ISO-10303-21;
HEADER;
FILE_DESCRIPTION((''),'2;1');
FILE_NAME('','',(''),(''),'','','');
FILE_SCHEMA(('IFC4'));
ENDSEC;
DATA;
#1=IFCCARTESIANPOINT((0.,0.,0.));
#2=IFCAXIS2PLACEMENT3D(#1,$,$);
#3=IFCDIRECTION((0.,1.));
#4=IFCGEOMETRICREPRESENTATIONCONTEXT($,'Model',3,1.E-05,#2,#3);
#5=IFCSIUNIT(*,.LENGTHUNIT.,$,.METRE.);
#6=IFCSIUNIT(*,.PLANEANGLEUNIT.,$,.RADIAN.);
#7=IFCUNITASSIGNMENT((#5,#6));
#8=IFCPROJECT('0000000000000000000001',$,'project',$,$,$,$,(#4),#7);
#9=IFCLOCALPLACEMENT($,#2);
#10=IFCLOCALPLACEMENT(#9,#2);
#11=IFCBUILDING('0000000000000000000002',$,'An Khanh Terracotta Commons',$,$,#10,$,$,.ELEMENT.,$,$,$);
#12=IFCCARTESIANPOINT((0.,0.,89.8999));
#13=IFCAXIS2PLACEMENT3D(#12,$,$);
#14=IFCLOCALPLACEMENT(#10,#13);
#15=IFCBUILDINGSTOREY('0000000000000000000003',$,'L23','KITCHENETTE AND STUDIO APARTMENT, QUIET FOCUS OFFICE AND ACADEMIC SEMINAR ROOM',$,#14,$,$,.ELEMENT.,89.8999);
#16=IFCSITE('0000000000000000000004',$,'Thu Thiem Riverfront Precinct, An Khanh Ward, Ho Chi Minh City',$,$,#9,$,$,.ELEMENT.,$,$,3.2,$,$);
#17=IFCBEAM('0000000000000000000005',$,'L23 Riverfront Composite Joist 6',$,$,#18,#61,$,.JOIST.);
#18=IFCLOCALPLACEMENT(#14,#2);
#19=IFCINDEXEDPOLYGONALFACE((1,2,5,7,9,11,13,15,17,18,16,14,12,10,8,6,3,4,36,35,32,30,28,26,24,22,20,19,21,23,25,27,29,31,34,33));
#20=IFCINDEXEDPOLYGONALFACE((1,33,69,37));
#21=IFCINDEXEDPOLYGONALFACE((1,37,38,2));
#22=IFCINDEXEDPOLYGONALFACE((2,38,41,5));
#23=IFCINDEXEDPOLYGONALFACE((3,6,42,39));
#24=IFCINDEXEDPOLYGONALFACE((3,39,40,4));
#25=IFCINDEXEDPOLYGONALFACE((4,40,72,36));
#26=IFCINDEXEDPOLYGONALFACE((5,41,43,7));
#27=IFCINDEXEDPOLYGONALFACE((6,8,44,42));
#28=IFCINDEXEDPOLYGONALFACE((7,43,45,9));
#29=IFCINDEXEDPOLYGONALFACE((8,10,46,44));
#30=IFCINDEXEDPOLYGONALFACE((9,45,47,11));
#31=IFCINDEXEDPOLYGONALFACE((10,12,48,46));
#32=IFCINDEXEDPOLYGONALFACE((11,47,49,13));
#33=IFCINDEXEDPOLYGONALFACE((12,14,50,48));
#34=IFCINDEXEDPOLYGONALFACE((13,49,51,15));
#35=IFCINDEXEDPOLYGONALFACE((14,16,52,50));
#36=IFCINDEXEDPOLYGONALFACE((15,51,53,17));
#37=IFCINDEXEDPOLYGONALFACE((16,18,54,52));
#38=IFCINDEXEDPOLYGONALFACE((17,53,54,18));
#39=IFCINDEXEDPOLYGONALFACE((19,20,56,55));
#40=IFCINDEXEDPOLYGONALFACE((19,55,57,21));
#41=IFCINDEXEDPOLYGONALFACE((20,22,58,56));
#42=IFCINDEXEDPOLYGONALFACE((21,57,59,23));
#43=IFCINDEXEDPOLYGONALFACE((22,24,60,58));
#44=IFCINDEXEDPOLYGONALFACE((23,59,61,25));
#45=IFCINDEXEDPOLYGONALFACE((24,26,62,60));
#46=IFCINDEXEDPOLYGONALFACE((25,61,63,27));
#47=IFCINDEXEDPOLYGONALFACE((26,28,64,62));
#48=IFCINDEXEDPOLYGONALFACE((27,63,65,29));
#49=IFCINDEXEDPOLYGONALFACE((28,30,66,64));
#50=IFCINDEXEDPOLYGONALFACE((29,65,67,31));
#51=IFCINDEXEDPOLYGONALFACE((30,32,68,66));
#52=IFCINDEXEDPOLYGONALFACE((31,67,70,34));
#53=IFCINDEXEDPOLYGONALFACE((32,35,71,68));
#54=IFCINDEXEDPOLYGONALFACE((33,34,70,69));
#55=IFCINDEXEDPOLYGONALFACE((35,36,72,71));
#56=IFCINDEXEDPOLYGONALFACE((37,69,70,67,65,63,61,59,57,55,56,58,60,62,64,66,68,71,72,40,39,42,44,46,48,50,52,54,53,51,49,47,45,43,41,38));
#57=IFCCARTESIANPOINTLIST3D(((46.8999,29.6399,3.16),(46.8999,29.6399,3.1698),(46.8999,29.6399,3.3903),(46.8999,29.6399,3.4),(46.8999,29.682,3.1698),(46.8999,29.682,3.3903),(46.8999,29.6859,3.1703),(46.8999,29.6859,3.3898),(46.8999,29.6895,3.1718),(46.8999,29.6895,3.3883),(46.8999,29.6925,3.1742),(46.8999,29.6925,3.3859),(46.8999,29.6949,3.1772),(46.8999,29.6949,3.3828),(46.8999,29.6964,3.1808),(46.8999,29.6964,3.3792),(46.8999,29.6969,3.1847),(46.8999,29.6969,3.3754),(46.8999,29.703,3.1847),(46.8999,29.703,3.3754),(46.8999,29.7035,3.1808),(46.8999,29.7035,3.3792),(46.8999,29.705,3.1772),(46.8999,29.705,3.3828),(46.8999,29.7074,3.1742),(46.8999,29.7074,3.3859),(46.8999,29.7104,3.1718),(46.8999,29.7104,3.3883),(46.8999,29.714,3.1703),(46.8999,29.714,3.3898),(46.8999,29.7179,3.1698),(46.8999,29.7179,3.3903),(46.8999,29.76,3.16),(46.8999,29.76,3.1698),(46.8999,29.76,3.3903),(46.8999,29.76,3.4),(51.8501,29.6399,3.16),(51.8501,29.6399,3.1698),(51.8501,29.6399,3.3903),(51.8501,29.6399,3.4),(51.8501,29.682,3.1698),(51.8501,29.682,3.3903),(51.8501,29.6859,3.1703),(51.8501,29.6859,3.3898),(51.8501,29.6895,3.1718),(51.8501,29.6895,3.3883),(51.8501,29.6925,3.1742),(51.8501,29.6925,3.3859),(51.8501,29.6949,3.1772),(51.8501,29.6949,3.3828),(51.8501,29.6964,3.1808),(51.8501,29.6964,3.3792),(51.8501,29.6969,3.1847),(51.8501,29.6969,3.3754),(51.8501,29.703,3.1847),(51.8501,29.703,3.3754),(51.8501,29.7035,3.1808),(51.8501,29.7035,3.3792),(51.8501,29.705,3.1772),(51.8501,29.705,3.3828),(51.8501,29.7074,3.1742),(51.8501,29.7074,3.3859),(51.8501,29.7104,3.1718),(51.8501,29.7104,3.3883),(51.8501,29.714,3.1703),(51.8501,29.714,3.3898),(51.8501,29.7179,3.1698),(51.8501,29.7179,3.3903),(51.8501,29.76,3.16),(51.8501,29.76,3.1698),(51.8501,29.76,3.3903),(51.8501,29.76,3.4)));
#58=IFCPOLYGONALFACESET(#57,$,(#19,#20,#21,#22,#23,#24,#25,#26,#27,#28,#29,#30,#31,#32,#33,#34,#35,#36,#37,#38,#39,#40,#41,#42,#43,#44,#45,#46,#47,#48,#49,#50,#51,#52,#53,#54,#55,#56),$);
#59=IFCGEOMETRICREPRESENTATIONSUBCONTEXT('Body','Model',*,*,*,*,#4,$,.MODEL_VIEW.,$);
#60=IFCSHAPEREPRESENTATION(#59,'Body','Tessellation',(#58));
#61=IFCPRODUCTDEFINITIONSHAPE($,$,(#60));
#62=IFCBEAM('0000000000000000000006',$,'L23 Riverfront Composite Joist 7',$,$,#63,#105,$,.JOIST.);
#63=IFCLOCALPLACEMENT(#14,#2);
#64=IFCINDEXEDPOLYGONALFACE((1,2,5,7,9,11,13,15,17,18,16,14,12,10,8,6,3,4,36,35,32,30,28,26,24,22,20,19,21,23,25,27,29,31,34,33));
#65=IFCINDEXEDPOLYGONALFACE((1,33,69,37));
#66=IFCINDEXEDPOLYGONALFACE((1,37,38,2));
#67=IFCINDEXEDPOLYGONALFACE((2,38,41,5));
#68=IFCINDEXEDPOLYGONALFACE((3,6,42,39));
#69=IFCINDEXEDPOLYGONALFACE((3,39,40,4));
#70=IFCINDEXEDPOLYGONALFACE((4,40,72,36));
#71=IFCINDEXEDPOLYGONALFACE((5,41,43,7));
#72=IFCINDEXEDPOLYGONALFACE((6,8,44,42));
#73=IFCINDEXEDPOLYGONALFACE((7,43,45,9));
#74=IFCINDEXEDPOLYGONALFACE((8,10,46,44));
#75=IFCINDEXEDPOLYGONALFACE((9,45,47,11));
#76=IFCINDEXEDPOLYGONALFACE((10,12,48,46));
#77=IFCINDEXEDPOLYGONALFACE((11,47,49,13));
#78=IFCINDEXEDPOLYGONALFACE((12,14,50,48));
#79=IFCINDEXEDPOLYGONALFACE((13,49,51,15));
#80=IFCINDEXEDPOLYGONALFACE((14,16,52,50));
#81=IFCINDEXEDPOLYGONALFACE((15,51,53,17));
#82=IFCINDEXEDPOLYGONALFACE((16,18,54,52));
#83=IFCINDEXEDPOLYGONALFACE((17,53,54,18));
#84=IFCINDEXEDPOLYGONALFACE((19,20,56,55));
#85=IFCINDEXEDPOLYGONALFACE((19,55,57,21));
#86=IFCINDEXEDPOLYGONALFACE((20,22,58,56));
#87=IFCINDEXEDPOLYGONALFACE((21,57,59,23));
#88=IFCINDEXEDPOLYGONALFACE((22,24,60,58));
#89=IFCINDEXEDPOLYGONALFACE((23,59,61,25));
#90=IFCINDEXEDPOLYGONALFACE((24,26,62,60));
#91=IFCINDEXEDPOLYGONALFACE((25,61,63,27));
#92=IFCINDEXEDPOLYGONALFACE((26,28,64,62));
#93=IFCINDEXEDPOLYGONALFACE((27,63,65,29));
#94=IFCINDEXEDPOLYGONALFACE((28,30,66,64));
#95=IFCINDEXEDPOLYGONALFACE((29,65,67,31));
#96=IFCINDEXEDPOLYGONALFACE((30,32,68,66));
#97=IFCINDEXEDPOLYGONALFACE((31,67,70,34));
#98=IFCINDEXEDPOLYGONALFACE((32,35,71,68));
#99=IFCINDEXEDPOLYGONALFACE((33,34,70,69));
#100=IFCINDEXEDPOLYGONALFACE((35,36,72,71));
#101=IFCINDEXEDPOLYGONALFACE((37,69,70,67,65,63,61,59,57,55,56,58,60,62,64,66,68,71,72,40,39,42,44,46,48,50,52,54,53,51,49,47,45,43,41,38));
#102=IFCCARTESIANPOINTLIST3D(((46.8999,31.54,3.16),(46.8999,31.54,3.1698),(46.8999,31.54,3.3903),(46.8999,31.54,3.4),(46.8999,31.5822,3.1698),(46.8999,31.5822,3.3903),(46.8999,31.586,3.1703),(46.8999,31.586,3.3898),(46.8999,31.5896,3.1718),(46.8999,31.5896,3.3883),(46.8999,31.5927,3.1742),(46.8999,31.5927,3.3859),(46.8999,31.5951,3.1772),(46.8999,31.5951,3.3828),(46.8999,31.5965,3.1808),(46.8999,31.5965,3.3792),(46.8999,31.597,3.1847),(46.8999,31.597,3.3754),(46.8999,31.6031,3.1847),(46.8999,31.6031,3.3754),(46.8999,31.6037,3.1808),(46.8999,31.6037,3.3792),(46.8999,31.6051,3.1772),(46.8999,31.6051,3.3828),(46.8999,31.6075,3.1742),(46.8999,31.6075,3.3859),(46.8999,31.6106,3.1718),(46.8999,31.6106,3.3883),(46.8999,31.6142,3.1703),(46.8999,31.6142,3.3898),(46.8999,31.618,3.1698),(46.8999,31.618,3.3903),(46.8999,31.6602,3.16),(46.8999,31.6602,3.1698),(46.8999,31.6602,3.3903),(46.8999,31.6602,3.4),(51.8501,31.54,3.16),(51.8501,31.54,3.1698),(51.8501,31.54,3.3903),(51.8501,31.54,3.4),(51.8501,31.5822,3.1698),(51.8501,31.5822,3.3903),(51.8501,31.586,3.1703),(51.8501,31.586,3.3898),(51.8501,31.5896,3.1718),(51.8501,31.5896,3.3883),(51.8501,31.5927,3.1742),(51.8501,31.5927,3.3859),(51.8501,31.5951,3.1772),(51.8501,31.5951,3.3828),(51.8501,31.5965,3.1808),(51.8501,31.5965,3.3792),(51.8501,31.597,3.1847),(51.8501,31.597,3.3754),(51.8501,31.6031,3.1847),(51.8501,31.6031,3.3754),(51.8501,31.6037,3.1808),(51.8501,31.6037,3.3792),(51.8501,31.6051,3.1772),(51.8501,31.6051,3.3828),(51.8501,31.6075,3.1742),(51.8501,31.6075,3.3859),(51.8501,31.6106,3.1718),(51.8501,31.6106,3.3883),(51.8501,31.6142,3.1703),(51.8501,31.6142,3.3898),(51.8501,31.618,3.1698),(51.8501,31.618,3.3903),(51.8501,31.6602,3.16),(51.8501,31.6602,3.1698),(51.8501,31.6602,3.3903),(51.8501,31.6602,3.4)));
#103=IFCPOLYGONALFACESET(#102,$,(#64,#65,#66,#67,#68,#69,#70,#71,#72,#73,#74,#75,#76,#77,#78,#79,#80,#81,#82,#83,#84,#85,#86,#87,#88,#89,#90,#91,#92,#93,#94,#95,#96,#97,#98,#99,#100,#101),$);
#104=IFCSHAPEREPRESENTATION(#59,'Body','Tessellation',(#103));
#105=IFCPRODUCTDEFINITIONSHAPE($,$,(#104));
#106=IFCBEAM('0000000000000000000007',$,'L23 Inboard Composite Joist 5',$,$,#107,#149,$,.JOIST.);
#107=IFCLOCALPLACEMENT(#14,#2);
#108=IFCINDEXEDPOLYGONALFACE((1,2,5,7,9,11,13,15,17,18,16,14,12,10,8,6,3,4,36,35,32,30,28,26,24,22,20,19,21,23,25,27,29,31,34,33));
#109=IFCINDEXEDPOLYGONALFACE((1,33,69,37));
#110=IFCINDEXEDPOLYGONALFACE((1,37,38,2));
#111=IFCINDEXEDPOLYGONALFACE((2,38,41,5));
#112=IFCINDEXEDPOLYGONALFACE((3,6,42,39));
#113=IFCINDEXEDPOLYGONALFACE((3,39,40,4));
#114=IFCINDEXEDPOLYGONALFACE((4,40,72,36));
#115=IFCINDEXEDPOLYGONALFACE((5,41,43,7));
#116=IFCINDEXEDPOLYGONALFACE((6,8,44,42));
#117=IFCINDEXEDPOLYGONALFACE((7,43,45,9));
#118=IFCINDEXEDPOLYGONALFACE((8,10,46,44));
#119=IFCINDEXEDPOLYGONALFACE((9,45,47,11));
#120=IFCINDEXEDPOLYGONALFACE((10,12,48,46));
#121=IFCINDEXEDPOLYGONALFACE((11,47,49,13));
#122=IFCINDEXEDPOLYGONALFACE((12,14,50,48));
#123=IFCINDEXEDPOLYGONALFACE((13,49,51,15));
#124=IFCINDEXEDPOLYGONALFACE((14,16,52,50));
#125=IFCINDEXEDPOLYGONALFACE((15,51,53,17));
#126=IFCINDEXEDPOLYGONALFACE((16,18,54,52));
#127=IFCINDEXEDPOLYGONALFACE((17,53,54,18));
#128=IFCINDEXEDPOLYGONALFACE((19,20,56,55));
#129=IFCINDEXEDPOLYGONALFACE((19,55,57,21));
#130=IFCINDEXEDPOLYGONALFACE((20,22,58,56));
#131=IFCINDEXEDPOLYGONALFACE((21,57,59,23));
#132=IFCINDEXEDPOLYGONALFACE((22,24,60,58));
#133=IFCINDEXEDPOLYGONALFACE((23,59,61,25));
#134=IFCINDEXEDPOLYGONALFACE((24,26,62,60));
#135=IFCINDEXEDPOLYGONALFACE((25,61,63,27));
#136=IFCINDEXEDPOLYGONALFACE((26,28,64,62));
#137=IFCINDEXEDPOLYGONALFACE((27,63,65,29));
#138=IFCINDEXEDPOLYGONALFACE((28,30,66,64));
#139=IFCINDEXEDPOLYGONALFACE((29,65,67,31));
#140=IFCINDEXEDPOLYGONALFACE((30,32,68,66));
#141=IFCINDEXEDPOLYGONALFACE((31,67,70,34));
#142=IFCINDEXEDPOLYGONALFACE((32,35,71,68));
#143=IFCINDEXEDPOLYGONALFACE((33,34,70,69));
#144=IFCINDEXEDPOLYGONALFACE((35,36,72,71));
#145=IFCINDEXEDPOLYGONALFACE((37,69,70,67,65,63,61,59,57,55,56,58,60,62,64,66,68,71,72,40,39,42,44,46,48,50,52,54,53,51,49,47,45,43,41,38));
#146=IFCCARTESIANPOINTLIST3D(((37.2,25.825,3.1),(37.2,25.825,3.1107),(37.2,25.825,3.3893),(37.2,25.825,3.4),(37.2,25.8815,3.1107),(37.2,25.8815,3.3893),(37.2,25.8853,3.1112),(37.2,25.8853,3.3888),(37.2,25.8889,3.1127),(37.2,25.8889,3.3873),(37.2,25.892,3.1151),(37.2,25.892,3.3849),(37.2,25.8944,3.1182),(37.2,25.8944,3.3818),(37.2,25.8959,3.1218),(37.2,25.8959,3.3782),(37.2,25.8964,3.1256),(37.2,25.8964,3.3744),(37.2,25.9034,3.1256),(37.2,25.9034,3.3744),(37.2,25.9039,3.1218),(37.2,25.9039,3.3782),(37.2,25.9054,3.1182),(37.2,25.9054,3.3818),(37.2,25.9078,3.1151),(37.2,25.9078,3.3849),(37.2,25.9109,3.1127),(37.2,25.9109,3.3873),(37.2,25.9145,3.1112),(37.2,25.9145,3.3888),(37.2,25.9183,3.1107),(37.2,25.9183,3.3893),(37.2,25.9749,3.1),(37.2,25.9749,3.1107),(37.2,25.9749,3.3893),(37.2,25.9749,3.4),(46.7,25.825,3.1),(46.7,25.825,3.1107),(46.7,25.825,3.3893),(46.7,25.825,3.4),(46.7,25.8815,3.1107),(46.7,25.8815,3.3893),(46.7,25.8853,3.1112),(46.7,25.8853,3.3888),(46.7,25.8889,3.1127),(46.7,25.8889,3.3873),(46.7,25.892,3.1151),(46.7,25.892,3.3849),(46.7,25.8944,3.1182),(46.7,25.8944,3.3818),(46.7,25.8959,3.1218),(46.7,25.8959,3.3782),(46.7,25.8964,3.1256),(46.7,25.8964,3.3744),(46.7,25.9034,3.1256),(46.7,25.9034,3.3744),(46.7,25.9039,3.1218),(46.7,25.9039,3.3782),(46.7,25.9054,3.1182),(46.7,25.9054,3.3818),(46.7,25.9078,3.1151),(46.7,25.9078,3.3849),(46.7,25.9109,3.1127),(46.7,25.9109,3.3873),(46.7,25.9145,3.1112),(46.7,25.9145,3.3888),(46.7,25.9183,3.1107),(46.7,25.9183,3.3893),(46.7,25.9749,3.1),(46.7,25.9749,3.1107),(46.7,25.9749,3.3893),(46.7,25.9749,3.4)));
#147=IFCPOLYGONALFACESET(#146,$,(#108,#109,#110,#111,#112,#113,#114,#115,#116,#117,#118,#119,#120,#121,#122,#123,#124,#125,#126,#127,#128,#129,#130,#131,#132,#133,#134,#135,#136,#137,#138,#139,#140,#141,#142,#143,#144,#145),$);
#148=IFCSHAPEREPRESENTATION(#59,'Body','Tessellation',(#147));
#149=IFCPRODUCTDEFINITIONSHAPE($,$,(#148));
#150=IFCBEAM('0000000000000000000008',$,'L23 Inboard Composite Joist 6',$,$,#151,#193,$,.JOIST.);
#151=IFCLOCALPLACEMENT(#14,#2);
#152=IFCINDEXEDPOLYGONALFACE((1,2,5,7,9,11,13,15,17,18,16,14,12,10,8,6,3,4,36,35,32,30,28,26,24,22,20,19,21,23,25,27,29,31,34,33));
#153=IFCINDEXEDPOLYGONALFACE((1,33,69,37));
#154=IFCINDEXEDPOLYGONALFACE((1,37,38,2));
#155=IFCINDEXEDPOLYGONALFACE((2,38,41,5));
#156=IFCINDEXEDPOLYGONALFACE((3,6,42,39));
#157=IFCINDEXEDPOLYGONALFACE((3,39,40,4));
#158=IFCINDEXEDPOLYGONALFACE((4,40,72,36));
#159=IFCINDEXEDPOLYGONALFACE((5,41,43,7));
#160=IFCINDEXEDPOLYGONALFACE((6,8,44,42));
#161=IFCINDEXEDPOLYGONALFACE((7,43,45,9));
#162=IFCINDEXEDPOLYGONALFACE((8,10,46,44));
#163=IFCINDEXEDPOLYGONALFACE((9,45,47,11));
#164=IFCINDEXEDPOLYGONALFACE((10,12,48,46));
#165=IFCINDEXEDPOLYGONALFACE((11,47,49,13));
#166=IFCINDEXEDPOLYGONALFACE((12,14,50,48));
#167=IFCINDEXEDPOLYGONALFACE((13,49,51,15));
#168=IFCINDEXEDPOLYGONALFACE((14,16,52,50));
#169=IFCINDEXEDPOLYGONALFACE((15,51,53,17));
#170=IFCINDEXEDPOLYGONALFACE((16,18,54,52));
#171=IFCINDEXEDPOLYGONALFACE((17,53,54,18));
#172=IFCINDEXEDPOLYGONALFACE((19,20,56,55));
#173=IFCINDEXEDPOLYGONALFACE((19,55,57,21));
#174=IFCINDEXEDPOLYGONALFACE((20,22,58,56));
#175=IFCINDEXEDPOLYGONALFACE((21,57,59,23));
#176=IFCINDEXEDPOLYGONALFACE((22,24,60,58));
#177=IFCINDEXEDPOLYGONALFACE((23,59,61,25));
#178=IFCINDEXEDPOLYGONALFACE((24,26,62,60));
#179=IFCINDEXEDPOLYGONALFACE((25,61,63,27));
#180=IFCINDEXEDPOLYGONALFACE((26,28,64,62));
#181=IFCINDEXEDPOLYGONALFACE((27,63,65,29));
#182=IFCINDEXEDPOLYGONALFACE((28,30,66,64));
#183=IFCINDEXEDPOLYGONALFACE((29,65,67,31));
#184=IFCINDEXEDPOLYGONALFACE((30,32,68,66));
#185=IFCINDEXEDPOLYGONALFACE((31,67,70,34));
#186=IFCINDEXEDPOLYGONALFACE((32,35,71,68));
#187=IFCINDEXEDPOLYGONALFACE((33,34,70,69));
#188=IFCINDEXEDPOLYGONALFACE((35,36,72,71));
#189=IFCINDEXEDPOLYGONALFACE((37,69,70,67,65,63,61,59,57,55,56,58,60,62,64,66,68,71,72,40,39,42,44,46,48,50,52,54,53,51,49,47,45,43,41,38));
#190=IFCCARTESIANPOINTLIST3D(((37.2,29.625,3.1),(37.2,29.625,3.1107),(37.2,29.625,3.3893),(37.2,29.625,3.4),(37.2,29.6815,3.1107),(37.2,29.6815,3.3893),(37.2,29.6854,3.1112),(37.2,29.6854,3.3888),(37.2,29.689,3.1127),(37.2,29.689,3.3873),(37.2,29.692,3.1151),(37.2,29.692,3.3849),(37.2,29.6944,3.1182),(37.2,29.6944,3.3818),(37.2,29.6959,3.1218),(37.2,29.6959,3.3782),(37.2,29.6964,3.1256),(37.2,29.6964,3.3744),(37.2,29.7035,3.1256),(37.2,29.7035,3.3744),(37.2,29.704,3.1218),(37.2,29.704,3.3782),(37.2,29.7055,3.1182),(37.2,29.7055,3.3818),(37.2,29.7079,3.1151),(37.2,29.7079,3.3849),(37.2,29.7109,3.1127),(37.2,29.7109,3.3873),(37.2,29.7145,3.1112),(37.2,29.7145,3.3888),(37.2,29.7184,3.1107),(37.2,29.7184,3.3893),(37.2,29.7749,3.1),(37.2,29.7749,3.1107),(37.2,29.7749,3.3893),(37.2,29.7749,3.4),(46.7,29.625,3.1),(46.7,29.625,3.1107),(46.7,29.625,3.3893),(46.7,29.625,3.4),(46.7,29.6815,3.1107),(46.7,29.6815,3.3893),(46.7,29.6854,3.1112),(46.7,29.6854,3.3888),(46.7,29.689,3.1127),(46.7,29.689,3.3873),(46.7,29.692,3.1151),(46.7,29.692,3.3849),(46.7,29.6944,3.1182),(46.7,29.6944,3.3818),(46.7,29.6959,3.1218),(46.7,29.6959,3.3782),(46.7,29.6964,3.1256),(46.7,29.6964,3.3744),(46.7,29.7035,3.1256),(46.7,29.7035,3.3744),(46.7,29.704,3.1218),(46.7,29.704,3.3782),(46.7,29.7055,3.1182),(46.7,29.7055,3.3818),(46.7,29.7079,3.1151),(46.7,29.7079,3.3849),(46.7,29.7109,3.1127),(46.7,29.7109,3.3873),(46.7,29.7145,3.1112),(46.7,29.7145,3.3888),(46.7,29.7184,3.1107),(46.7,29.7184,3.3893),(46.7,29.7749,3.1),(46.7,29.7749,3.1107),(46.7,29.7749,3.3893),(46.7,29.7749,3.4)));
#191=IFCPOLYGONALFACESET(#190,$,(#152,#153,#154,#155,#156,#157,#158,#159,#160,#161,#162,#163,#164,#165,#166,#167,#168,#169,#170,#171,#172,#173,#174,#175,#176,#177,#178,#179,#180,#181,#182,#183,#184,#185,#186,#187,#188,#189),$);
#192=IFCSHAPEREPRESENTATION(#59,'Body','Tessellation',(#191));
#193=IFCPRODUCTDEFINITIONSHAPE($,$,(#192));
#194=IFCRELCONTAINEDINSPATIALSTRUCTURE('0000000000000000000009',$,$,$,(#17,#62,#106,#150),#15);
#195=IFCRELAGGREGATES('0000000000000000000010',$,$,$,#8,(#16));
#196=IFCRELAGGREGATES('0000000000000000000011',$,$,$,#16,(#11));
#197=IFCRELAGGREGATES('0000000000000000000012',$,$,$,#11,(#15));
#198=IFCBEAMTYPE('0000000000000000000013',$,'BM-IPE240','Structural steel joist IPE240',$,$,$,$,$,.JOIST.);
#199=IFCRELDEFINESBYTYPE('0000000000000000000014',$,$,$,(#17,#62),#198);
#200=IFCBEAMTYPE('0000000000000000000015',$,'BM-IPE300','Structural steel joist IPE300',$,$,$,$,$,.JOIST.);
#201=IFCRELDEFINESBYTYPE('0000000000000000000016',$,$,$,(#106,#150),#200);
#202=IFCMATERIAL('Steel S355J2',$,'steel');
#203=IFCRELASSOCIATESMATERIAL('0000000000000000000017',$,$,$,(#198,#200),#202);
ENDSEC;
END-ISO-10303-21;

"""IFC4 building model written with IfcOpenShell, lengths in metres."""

from ifc_helpers import new_model, si_unit, direction, frame, origin, origin_2d, place, context, subcontext, project, spatial, i_section, extrude, material, material_profile, profile_set, type_object, element, save


model = new_model("IFC4")

# Units and contexts
model_context = context("Model", 3, precision=1e-05, world=origin(), true_north=direction((0.0, 1.0)))
body_context = subcontext(model_context, "Body", "Model", "MODEL_VIEW")
ifc_project = project(units=[si_unit("LENGTHUNIT", "METRE"), si_unit("PLANEANGLEUNIT", "RADIAN")], contexts=[model_context])

# Site, building, storey
site_placement = place(None, origin())
site = spatial("IfcSite", under=ifc_project, at=site_placement, Name="Thu Thiem Riverfront Precinct, An Khanh Ward, Ho Chi Minh City", CompositionType="ELEMENT", RefElevation=3.2)
building_placement = place(site_placement, origin())
building = spatial("IfcBuilding", under=site, at=building_placement, Name="An Khanh Terracotta Commons", CompositionType="ELEMENT")
storey_placement = place(building_placement, frame((0.0, 0.0, 89.8999)))
storey = spatial("IfcBuildingStorey", under=building, at=storey_placement, Name="L23", Description="KITCHENETTE AND STUDIO APARTMENT, QUIET FOCUS OFFICE AND ACADEMIC SEMINAR ROOM", CompositionType="ELEMENT", Elevation=89.8999)

# Beams
ifc_material_1 = material(Name="Steel S355J2", Category="steel")
ifc_material_profile_1 = material_profile(ifc_material_1, i_section(OverallWidth=0.1201, OverallDepth=0.24, WebThickness=0.0061, FlangeThickness=0.0098, FilletRadius=0.0149, at=origin_2d()), Name="IPE240")
ifc_profile_set_1 = profile_set([ifc_material_profile_1], Name="Steel S355J2")
beam_type_1 = type_object("IfcBeamType", Name="BM-IPE240", Description="Structural steel joist IPE240", PredefinedType="JOIST", material=ifc_profile_set_1)
for number, where, z_axis, x_axis, name in (
    (1, (46.8999, 29.7, 3.28), (1.0, 0.0, 0.0), (0.0, 1.0, 0.0), "L23 Riverfront Composite Joist 6"),
    (2, (46.8999, 31.6001, 3.28), (1.0, 0.0, 0.0), (0.0, 1.0, 0.0), "L23 Riverfront Composite Joist 7"),
):
    element("IfcBeam", number, at=place(storey_placement, frame(where, z_axis=z_axis, x_axis=x_axis)), inside=storey, type_object=beam_type_1, Name=name, PredefinedType="JOIST", context=body_context, shape_type="SweptSolid", body=[
        extrude(i_section(OverallWidth=0.1201, OverallDepth=0.24, WebThickness=0.0061, FlangeThickness=0.0098, FilletRadius=0.0149, at=origin_2d()), origin(), (0.0, 0.0, 1.0), 4.9502),
    ])
ifc_material_profile_2 = material_profile(ifc_material_1, i_section(OverallWidth=0.1499, OverallDepth=0.3, WebThickness=0.0071, FlangeThickness=0.0107, FilletRadius=0.0149, at=origin_2d()), Name="IPE300")
ifc_profile_set_2 = profile_set([ifc_material_profile_2], Name="Steel S355J2")
beam_type_2 = type_object("IfcBeamType", Name="BM-IPE300", Description="Structural steel joist IPE300", PredefinedType="JOIST", material=ifc_profile_set_2)
for number, where, z_axis, x_axis, name in (
    (3, (37.2, 25.8999, 3.25), (1.0, 0.0, 0.0), (0.0, 1.0, 0.0), "L23 Inboard Composite Joist 5"),
    (4, (37.2, 29.7, 3.25), (1.0, 0.0, 0.0), (0.0, 1.0, 0.0), "L23 Inboard Composite Joist 6"),
):
    element("IfcBeam", number, at=place(storey_placement, frame(where, z_axis=z_axis, x_axis=x_axis)), inside=storey, type_object=beam_type_2, Name=name, PredefinedType="JOIST", context=body_context, shape_type="SweptSolid", body=[
        extrude(i_section(OverallWidth=0.1499, OverallDepth=0.3, WebThickness=0.0071, FlangeThickness=0.0107, FilletRadius=0.0149, at=origin_2d()), origin(), (0.0, 0.0, 1.0), 9.5),
    ])

save(model, "model.ifc")
